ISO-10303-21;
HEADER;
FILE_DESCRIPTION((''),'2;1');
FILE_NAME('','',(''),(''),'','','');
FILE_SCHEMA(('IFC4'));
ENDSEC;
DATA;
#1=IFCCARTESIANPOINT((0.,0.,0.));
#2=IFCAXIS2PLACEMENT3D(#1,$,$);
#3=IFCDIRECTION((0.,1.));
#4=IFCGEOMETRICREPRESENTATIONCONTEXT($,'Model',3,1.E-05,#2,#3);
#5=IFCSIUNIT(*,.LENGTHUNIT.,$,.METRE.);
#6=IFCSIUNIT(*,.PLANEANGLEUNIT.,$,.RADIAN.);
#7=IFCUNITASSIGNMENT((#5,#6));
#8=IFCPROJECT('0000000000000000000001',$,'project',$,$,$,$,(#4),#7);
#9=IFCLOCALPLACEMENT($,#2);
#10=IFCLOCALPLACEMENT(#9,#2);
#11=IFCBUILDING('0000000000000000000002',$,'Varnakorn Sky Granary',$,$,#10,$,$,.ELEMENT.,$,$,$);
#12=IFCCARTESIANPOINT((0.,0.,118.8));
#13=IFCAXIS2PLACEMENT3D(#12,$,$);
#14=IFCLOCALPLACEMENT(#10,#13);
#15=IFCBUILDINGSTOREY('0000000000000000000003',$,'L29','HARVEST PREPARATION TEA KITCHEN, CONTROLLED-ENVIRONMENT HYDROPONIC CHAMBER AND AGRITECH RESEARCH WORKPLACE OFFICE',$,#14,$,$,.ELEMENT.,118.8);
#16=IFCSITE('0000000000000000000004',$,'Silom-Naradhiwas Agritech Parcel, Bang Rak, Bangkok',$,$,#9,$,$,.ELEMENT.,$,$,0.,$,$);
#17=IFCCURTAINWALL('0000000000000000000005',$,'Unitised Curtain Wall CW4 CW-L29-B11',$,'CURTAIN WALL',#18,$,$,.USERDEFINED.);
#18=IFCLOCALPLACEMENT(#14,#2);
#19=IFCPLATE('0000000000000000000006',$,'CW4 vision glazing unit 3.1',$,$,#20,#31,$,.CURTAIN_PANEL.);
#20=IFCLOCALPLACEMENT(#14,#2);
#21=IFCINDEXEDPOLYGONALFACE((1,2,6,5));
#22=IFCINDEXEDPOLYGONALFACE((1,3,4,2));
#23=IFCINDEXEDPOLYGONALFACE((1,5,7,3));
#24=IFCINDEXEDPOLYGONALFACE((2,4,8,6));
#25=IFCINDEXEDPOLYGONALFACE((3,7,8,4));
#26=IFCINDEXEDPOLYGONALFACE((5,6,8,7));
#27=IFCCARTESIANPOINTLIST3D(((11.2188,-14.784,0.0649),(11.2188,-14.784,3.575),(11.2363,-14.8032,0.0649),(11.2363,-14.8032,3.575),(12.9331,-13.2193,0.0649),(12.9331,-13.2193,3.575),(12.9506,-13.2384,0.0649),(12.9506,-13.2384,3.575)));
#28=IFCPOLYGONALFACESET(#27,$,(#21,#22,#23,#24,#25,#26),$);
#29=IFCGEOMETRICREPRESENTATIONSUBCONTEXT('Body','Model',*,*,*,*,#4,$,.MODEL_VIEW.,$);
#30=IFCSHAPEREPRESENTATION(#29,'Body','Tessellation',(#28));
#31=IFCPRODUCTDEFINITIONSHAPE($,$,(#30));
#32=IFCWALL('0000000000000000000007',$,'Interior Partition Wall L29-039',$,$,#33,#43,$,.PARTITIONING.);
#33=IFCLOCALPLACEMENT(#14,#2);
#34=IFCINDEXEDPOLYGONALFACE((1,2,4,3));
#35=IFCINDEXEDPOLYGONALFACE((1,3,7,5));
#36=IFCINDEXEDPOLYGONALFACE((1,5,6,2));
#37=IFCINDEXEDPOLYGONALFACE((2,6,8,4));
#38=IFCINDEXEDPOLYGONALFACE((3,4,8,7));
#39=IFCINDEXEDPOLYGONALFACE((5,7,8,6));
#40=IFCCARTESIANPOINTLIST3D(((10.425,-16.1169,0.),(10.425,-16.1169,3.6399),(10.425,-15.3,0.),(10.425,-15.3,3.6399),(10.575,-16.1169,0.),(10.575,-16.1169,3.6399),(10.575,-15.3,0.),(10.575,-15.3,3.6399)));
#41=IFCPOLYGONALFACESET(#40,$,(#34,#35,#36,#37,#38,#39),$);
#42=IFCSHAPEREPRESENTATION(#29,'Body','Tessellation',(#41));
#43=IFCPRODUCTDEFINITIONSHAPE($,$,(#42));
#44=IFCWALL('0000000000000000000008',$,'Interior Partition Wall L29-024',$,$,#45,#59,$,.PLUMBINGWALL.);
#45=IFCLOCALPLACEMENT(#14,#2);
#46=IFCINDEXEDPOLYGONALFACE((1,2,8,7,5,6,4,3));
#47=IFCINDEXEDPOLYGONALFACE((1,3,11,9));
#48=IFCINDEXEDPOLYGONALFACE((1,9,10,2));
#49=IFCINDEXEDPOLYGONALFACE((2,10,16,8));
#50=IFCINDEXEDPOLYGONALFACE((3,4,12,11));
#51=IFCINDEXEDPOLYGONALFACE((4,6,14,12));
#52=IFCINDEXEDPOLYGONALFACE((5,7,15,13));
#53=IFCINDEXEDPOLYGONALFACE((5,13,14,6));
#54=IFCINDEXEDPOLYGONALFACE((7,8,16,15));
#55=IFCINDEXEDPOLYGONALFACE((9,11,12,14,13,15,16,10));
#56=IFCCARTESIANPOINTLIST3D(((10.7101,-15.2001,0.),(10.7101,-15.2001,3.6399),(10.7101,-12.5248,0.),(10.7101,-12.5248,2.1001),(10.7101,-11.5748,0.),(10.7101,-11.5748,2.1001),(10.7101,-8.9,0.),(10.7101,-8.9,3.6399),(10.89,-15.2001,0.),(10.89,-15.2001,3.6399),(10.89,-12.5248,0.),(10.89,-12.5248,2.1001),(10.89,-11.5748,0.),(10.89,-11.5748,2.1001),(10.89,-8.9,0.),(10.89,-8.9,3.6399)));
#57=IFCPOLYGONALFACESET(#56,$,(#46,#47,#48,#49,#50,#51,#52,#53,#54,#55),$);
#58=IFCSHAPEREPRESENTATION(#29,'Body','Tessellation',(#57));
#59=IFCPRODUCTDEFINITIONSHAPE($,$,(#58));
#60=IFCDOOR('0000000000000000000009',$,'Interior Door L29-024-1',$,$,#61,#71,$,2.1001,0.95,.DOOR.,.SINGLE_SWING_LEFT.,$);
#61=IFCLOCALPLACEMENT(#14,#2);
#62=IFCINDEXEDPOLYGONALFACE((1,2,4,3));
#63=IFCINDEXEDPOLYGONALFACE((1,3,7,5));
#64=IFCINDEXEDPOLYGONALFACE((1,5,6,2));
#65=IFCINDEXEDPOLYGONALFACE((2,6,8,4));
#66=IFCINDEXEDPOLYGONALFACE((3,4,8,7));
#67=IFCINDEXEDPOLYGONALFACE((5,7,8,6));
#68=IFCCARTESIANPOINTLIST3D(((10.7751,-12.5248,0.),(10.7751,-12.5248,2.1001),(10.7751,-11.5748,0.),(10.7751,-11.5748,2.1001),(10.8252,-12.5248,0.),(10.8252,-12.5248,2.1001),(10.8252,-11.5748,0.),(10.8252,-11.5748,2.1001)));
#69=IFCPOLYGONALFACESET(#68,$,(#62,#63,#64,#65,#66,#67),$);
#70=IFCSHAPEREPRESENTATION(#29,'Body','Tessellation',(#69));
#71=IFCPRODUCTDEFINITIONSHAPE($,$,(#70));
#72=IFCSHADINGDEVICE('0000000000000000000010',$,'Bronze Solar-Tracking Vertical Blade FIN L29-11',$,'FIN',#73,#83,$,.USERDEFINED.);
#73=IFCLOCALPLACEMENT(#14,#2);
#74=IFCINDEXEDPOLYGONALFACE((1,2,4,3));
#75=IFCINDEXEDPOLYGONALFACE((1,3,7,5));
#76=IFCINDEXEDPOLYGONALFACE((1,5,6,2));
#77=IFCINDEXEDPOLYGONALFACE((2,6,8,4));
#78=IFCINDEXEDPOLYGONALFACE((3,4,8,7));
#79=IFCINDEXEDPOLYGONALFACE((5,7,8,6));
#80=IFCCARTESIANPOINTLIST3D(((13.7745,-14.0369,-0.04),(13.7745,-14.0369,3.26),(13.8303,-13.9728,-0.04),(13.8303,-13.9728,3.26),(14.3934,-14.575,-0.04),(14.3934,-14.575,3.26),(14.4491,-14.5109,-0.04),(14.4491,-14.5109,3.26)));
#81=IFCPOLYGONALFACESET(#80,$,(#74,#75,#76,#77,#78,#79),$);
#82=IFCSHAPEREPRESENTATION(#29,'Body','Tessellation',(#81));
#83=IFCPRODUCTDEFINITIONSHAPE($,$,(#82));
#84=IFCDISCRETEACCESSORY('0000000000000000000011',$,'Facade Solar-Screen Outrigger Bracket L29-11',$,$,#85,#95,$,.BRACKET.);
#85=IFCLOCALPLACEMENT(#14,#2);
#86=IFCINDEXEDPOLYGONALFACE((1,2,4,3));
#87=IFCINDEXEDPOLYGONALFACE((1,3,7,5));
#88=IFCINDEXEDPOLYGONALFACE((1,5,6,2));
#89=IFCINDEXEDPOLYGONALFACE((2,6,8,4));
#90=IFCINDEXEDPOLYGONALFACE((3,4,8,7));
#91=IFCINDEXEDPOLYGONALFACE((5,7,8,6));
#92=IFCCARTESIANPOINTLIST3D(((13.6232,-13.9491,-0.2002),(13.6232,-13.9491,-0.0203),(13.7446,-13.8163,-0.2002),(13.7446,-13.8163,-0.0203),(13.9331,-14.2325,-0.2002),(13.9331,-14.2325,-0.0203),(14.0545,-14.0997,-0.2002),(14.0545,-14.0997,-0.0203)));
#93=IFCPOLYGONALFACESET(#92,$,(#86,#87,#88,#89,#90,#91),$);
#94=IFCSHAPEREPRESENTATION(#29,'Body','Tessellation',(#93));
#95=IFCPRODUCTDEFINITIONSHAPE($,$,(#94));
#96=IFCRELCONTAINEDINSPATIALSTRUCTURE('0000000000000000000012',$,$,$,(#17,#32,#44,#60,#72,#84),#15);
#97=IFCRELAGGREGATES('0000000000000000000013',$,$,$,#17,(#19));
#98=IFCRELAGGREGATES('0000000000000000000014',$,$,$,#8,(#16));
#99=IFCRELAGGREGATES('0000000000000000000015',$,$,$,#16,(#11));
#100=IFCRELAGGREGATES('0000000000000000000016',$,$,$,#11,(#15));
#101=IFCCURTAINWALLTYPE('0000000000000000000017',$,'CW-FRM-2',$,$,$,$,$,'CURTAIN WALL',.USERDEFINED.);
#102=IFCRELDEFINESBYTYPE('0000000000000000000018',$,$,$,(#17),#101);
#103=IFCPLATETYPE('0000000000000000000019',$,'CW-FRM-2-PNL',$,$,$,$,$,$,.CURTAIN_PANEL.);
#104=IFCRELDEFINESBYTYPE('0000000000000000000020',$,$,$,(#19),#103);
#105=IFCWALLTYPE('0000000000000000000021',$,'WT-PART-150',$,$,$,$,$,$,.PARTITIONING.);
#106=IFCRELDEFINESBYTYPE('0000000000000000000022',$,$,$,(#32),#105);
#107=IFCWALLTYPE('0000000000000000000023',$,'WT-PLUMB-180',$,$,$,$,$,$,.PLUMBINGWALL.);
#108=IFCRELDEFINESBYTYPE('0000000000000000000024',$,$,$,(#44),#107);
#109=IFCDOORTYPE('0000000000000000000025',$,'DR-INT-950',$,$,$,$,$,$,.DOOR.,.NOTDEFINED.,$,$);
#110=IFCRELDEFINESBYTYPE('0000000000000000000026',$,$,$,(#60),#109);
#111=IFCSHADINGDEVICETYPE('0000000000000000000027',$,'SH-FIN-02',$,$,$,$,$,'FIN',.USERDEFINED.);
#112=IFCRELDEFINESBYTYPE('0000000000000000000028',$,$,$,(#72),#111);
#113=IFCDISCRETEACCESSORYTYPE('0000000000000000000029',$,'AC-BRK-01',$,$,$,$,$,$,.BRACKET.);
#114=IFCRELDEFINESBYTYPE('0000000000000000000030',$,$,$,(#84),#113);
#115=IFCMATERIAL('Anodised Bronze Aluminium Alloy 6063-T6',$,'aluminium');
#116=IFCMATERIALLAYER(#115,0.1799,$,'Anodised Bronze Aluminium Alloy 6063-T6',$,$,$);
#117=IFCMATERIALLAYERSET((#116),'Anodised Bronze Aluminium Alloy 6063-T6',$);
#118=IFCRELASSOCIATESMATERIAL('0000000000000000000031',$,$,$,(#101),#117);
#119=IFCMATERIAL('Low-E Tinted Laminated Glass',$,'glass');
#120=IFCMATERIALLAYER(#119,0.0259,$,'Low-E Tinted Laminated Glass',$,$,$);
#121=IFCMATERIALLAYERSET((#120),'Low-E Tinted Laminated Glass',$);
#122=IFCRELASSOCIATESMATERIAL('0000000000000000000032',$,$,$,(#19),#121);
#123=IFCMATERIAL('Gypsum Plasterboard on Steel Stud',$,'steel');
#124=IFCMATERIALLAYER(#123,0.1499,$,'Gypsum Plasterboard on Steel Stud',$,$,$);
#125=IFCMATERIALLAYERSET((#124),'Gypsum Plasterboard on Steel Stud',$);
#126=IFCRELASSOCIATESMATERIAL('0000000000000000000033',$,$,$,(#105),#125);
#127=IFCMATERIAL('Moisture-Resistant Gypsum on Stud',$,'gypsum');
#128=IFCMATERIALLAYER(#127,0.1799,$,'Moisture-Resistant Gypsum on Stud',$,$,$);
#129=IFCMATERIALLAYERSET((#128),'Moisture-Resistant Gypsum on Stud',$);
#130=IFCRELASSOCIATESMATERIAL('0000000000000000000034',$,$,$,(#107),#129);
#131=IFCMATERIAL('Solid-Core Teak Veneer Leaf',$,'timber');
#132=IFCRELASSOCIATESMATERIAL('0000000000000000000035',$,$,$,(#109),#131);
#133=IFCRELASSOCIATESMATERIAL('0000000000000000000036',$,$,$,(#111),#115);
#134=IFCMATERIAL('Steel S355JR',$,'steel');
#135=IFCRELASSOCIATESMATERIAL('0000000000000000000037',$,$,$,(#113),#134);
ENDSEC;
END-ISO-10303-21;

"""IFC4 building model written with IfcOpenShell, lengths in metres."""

from ifc_helpers import new_model, si_unit, direction, frame, frame_2d, origin, origin_2d, place, context, subcontext, project, spatial, rectangle, extrude, source, transform, mapped, material, layer, layer_set, type_object, type_shapes, element, fill, aggregate, save


model = new_model("IFC4")

# Units and contexts
model_context = context("Model", 3, precision=1e-05, world=origin(), true_north=direction((0.0, 1.0)))
body_context = subcontext(model_context, "Body", "Model", "MODEL_VIEW")
ifc_project = project(units=[si_unit("LENGTHUNIT", "METRE"), si_unit("PLANEANGLEUNIT", "RADIAN")], contexts=[model_context])

# Site, building, storey
site_placement = place(None, origin())
site = spatial("IfcSite", under=ifc_project, at=site_placement, Name="Silom-Naradhiwas Agritech Parcel, Bang Rak, Bangkok", CompositionType="ELEMENT", RefElevation=0.0)
building_placement = place(site_placement, origin())
building = spatial("IfcBuilding", under=site, at=building_placement, Name="Varnakorn Sky Granary", CompositionType="ELEMENT")
storey_placement = place(building_placement, frame((0.0, 0.0, 118.8)))
storey = spatial("IfcBuildingStorey", under=building, at=storey_placement, Name="L29", Description="HARVEST PREPARATION TEA KITCHEN, CONTROLLED-ENVIRONMENT HYDROPONIC CHAMBER AND AGRITECH RESEARCH WORKPLACE OFFICE", CompositionType="ELEMENT", Elevation=118.8)

# Shared definitions
ifc_material_1 = material(Name="Steel S355JR", Category="steel")

# Shared definitions
ifc_material_2 = material(Name="Anodised Bronze Aluminium Alloy 6063-T6", Category="aluminium")
ifc_layer_1 = layer(ifc_material_2, 0.1799, Name="Anodised Bronze Aluminium Alloy 6063-T6")
ifc_layer_set_1 = layer_set([ifc_layer_1], Name="Anodised Bronze Aluminium Alloy 6063-T6")
curtain_wall_type = type_object("IfcCurtainWallType", Name="CW-FRM-2", ElementType="CURTAIN WALL", PredefinedType="USERDEFINED", material=ifc_layer_set_1)

# Curtain wall
curtain_wall_1_placement = place(storey_placement, origin())
curtain_wall_1 = element("IfcCurtainWall", 1, at=curtain_wall_1_placement, inside=storey, type_object=curtain_wall_type, Name="Unitised Curtain Wall CW4 CW-L29-B11", ObjectType="CURTAIN WALL", PredefinedType="USERDEFINED")

# Plate
ifc_material_3 = material(Name="Low-E Tinted Laminated Glass", Category="glass")
ifc_layer_2 = layer(ifc_material_3, 0.0259, Name="Low-E Tinted Laminated Glass")
ifc_layer_set_2 = layer_set([ifc_layer_2], Name="Low-E Tinted Laminated Glass")
plate_type = type_object("IfcPlateType", Name="CW-FRM-2-PNL", PredefinedType="CURTAIN_PANEL")
shared_shape_1 = source(origin(), body_context, "Body", "SweptSolid", [
    extrude(rectangle(XDim=2.321, YDim=0.0259, at=origin_2d()), origin(), (0.0, 0.0, 1.0), 3.51),
])
plate_1_placement = place(storey_placement, frame((12.0847, -14.0112, 0.0649), z_axis=(0.0, 0.0, 1.0), x_axis=(-0.738592, -0.674153, 0.0)))
plate_1 = element("IfcPlate", 2, at=plate_1_placement, type_object=plate_type, material=ifc_layer_set_2, Name="CW4 vision glazing unit 3.1", PredefinedType="CURTAIN_PANEL", context=body_context, shape_type="MappedRepresentation", body=[
    mapped(shared_shape_1, transform((0.0, 0.0, 0.0), x_axis=(1.0, 0.0, 0.0), y_axis=(0.0, 1.0, 0.0), z_axis=(0.0, 0.0, 1.0), scale=1.0)),
])
aggregate(curtain_wall_1, [plate_1])

# Wall
ifc_material_4 = material(Name="Gypsum Plasterboard on Steel Stud", Category="steel")
ifc_layer_3 = layer(ifc_material_4, 0.1499, Name="Gypsum Plasterboard on Steel Stud")
ifc_layer_set_3 = layer_set([ifc_layer_3], Name="Gypsum Plasterboard on Steel Stud")
wall_type_1 = type_object("IfcWallType", Name="WT-PART-150", PredefinedType="PARTITIONING", material=ifc_layer_set_3)
wall_1_placement = place(storey_placement, frame((10.5, -15.3, 0.0), z_axis=(0.0, 0.0, 1.0), x_axis=(0.0, -1.0, 0.0)))
element("IfcWall", 3, at=wall_1_placement, inside=storey, type_object=wall_type_1, Name="Interior Partition Wall L29-039", PredefinedType="PARTITIONING", context=body_context, shape_type="SweptSolid", body=[
    extrude(rectangle(XDim=0.8169, YDim=0.1499, at=frame_2d((0.4084, 0.0))), origin(), (0.0, 0.0, 1.0), 3.6399),
])

# Wall, opening, door
ifc_material_5 = material(Name="Moisture-Resistant Gypsum on Stud", Category="gypsum")
ifc_layer_4 = layer(ifc_material_5, 0.1799, Name="Moisture-Resistant Gypsum on Stud")
ifc_layer_set_4 = layer_set([ifc_layer_4], Name="Moisture-Resistant Gypsum on Stud")
wall_type_2 = type_object("IfcWallType", Name="WT-PLUMB-180", PredefinedType="PLUMBINGWALL", material=ifc_layer_set_4)
wall_2_placement = place(storey_placement, frame((10.8, -15.2, 0.0), z_axis=(0.0, 0.0, 1.0), x_axis=(0.0, 1.0, 0.0)))
wall_2 = element("IfcWall", 4, at=wall_2_placement, inside=storey, type_object=wall_type_2, Name="Interior Partition Wall L29-024", PredefinedType="PLUMBINGWALL", context=body_context, shape_type="SweptSolid", body=[
    extrude(rectangle(XDim=6.3, YDim=0.1799, at=frame_2d((3.1499, 0.0))), origin(), (0.0, 0.0, 1.0), 3.6399),
])
opening_placement = place(wall_2_placement, frame((2.675, 0.0, 0.0)))
opening = element("IfcOpeningElement", 5, at=opening_placement, cuts=wall_2, PredefinedType="OPENING", context=body_context, shape_type="SweptSolid", body=[
    extrude(rectangle(XDim=0.95, YDim=2.1001, at=frame_2d((0.4751, 1.05))), frame((0.0, 0.1001, 0.0), z_axis=(0.0, -1.0, 0.0), x_axis=(1.0, 0.0, 0.0)), (0.0, 0.0, 1.0), 0.2),
])
ifc_material_6 = material(Name="Solid-Core Teak Veneer Leaf", Category="timber")
door_type = type_object("IfcDoorType", Name="DR-INT-950", OperationType="NOTDEFINED", PredefinedType="DOOR", material=ifc_material_6)
door_placement = place(opening_placement, origin())
door = element("IfcDoor", 6, at=door_placement, inside=storey, type_object=door_type, Name="Interior Door L29-024-1", OperationType="SINGLE_SWING_LEFT", OverallHeight=2.1001, OverallWidth=0.95, PredefinedType="DOOR", context=body_context, shape_type="SweptSolid", body=[
    extrude(rectangle(XDim=0.95, YDim=2.1001, at=frame_2d((0.4751, 1.05))), frame((0.0, 0.0249, 0.0), z_axis=(0.0, -1.0, 0.0), x_axis=(1.0, 0.0, 0.0)), (0.0, 0.0, 1.0), 0.05),
])
fill(opening, door)

# Shading device
shading_device_type = type_object("IfcShadingDeviceType", Name="SH-FIN-02", ElementType="FIN", PredefinedType="USERDEFINED", material=ifc_material_2)
shared_shape_2 = source(origin(), body_context, "Body", "SweptSolid", [
    extrude(rectangle(XDim=0.085, YDim=0.8201, at=origin_2d()), origin(), (0.0, 0.0, 1.0), 3.3),
])
type_shapes(shading_device_type, [shared_shape_2])
shading_device_placement = place(storey_placement, frame((14.1118, -14.2739, -0.04), z_axis=(0.0, 0.0, 1.0), x_axis=(0.656157, 0.754625, 0.0)))
element("IfcShadingDevice", 7, at=shading_device_placement, inside=storey, type_object=shading_device_type, Name="Bronze Solar-Tracking Vertical Blade FIN L29-11", ObjectType="FIN", PredefinedType="USERDEFINED", context=body_context, shape_type="MappedRepresentation", body=[
    mapped(shared_shape_2, transform((0.0, 0.0, 0.0), x_axis=(1.0, 0.0, 0.0), y_axis=(0.0, 1.0, 0.0), z_axis=(0.0, 0.0, 1.0), scale=1.0)),
])

# Discrete accessory
discrete_accessory_type = type_object("IfcDiscreteAccessoryType", Name="AC-BRK-01", PredefinedType="BRACKET", material=ifc_material_1)
shared_shape_3 = source(origin(), body_context, "Body", "SweptSolid", [
    extrude(rectangle(XDim=0.1799, YDim=0.4199, at=origin_2d()), origin(), (0.0, 0.0, 1.0), 0.1799),
])
type_shapes(discrete_accessory_type, [shared_shape_3])
discrete_accessory_placement = place(storey_placement, frame((13.8389, -14.0244, -0.2002), z_axis=(0.0, 0.0, 1.0), x_axis=(0.674779, 0.73802, 0.0)))
element("IfcDiscreteAccessory", 8, at=discrete_accessory_placement, inside=storey, type_object=discrete_accessory_type, Name="Facade Solar-Screen Outrigger Bracket L29-11", PredefinedType="BRACKET", context=body_context, shape_type="MappedRepresentation", body=[
    mapped(shared_shape_3, transform((0.0, 0.0, 0.0), x_axis=(1.0, 0.0, 0.0), y_axis=(0.0, 1.0, 0.0), z_axis=(0.0, 0.0, 1.0), scale=1.0)),
])

save(model, "model.ifc")
